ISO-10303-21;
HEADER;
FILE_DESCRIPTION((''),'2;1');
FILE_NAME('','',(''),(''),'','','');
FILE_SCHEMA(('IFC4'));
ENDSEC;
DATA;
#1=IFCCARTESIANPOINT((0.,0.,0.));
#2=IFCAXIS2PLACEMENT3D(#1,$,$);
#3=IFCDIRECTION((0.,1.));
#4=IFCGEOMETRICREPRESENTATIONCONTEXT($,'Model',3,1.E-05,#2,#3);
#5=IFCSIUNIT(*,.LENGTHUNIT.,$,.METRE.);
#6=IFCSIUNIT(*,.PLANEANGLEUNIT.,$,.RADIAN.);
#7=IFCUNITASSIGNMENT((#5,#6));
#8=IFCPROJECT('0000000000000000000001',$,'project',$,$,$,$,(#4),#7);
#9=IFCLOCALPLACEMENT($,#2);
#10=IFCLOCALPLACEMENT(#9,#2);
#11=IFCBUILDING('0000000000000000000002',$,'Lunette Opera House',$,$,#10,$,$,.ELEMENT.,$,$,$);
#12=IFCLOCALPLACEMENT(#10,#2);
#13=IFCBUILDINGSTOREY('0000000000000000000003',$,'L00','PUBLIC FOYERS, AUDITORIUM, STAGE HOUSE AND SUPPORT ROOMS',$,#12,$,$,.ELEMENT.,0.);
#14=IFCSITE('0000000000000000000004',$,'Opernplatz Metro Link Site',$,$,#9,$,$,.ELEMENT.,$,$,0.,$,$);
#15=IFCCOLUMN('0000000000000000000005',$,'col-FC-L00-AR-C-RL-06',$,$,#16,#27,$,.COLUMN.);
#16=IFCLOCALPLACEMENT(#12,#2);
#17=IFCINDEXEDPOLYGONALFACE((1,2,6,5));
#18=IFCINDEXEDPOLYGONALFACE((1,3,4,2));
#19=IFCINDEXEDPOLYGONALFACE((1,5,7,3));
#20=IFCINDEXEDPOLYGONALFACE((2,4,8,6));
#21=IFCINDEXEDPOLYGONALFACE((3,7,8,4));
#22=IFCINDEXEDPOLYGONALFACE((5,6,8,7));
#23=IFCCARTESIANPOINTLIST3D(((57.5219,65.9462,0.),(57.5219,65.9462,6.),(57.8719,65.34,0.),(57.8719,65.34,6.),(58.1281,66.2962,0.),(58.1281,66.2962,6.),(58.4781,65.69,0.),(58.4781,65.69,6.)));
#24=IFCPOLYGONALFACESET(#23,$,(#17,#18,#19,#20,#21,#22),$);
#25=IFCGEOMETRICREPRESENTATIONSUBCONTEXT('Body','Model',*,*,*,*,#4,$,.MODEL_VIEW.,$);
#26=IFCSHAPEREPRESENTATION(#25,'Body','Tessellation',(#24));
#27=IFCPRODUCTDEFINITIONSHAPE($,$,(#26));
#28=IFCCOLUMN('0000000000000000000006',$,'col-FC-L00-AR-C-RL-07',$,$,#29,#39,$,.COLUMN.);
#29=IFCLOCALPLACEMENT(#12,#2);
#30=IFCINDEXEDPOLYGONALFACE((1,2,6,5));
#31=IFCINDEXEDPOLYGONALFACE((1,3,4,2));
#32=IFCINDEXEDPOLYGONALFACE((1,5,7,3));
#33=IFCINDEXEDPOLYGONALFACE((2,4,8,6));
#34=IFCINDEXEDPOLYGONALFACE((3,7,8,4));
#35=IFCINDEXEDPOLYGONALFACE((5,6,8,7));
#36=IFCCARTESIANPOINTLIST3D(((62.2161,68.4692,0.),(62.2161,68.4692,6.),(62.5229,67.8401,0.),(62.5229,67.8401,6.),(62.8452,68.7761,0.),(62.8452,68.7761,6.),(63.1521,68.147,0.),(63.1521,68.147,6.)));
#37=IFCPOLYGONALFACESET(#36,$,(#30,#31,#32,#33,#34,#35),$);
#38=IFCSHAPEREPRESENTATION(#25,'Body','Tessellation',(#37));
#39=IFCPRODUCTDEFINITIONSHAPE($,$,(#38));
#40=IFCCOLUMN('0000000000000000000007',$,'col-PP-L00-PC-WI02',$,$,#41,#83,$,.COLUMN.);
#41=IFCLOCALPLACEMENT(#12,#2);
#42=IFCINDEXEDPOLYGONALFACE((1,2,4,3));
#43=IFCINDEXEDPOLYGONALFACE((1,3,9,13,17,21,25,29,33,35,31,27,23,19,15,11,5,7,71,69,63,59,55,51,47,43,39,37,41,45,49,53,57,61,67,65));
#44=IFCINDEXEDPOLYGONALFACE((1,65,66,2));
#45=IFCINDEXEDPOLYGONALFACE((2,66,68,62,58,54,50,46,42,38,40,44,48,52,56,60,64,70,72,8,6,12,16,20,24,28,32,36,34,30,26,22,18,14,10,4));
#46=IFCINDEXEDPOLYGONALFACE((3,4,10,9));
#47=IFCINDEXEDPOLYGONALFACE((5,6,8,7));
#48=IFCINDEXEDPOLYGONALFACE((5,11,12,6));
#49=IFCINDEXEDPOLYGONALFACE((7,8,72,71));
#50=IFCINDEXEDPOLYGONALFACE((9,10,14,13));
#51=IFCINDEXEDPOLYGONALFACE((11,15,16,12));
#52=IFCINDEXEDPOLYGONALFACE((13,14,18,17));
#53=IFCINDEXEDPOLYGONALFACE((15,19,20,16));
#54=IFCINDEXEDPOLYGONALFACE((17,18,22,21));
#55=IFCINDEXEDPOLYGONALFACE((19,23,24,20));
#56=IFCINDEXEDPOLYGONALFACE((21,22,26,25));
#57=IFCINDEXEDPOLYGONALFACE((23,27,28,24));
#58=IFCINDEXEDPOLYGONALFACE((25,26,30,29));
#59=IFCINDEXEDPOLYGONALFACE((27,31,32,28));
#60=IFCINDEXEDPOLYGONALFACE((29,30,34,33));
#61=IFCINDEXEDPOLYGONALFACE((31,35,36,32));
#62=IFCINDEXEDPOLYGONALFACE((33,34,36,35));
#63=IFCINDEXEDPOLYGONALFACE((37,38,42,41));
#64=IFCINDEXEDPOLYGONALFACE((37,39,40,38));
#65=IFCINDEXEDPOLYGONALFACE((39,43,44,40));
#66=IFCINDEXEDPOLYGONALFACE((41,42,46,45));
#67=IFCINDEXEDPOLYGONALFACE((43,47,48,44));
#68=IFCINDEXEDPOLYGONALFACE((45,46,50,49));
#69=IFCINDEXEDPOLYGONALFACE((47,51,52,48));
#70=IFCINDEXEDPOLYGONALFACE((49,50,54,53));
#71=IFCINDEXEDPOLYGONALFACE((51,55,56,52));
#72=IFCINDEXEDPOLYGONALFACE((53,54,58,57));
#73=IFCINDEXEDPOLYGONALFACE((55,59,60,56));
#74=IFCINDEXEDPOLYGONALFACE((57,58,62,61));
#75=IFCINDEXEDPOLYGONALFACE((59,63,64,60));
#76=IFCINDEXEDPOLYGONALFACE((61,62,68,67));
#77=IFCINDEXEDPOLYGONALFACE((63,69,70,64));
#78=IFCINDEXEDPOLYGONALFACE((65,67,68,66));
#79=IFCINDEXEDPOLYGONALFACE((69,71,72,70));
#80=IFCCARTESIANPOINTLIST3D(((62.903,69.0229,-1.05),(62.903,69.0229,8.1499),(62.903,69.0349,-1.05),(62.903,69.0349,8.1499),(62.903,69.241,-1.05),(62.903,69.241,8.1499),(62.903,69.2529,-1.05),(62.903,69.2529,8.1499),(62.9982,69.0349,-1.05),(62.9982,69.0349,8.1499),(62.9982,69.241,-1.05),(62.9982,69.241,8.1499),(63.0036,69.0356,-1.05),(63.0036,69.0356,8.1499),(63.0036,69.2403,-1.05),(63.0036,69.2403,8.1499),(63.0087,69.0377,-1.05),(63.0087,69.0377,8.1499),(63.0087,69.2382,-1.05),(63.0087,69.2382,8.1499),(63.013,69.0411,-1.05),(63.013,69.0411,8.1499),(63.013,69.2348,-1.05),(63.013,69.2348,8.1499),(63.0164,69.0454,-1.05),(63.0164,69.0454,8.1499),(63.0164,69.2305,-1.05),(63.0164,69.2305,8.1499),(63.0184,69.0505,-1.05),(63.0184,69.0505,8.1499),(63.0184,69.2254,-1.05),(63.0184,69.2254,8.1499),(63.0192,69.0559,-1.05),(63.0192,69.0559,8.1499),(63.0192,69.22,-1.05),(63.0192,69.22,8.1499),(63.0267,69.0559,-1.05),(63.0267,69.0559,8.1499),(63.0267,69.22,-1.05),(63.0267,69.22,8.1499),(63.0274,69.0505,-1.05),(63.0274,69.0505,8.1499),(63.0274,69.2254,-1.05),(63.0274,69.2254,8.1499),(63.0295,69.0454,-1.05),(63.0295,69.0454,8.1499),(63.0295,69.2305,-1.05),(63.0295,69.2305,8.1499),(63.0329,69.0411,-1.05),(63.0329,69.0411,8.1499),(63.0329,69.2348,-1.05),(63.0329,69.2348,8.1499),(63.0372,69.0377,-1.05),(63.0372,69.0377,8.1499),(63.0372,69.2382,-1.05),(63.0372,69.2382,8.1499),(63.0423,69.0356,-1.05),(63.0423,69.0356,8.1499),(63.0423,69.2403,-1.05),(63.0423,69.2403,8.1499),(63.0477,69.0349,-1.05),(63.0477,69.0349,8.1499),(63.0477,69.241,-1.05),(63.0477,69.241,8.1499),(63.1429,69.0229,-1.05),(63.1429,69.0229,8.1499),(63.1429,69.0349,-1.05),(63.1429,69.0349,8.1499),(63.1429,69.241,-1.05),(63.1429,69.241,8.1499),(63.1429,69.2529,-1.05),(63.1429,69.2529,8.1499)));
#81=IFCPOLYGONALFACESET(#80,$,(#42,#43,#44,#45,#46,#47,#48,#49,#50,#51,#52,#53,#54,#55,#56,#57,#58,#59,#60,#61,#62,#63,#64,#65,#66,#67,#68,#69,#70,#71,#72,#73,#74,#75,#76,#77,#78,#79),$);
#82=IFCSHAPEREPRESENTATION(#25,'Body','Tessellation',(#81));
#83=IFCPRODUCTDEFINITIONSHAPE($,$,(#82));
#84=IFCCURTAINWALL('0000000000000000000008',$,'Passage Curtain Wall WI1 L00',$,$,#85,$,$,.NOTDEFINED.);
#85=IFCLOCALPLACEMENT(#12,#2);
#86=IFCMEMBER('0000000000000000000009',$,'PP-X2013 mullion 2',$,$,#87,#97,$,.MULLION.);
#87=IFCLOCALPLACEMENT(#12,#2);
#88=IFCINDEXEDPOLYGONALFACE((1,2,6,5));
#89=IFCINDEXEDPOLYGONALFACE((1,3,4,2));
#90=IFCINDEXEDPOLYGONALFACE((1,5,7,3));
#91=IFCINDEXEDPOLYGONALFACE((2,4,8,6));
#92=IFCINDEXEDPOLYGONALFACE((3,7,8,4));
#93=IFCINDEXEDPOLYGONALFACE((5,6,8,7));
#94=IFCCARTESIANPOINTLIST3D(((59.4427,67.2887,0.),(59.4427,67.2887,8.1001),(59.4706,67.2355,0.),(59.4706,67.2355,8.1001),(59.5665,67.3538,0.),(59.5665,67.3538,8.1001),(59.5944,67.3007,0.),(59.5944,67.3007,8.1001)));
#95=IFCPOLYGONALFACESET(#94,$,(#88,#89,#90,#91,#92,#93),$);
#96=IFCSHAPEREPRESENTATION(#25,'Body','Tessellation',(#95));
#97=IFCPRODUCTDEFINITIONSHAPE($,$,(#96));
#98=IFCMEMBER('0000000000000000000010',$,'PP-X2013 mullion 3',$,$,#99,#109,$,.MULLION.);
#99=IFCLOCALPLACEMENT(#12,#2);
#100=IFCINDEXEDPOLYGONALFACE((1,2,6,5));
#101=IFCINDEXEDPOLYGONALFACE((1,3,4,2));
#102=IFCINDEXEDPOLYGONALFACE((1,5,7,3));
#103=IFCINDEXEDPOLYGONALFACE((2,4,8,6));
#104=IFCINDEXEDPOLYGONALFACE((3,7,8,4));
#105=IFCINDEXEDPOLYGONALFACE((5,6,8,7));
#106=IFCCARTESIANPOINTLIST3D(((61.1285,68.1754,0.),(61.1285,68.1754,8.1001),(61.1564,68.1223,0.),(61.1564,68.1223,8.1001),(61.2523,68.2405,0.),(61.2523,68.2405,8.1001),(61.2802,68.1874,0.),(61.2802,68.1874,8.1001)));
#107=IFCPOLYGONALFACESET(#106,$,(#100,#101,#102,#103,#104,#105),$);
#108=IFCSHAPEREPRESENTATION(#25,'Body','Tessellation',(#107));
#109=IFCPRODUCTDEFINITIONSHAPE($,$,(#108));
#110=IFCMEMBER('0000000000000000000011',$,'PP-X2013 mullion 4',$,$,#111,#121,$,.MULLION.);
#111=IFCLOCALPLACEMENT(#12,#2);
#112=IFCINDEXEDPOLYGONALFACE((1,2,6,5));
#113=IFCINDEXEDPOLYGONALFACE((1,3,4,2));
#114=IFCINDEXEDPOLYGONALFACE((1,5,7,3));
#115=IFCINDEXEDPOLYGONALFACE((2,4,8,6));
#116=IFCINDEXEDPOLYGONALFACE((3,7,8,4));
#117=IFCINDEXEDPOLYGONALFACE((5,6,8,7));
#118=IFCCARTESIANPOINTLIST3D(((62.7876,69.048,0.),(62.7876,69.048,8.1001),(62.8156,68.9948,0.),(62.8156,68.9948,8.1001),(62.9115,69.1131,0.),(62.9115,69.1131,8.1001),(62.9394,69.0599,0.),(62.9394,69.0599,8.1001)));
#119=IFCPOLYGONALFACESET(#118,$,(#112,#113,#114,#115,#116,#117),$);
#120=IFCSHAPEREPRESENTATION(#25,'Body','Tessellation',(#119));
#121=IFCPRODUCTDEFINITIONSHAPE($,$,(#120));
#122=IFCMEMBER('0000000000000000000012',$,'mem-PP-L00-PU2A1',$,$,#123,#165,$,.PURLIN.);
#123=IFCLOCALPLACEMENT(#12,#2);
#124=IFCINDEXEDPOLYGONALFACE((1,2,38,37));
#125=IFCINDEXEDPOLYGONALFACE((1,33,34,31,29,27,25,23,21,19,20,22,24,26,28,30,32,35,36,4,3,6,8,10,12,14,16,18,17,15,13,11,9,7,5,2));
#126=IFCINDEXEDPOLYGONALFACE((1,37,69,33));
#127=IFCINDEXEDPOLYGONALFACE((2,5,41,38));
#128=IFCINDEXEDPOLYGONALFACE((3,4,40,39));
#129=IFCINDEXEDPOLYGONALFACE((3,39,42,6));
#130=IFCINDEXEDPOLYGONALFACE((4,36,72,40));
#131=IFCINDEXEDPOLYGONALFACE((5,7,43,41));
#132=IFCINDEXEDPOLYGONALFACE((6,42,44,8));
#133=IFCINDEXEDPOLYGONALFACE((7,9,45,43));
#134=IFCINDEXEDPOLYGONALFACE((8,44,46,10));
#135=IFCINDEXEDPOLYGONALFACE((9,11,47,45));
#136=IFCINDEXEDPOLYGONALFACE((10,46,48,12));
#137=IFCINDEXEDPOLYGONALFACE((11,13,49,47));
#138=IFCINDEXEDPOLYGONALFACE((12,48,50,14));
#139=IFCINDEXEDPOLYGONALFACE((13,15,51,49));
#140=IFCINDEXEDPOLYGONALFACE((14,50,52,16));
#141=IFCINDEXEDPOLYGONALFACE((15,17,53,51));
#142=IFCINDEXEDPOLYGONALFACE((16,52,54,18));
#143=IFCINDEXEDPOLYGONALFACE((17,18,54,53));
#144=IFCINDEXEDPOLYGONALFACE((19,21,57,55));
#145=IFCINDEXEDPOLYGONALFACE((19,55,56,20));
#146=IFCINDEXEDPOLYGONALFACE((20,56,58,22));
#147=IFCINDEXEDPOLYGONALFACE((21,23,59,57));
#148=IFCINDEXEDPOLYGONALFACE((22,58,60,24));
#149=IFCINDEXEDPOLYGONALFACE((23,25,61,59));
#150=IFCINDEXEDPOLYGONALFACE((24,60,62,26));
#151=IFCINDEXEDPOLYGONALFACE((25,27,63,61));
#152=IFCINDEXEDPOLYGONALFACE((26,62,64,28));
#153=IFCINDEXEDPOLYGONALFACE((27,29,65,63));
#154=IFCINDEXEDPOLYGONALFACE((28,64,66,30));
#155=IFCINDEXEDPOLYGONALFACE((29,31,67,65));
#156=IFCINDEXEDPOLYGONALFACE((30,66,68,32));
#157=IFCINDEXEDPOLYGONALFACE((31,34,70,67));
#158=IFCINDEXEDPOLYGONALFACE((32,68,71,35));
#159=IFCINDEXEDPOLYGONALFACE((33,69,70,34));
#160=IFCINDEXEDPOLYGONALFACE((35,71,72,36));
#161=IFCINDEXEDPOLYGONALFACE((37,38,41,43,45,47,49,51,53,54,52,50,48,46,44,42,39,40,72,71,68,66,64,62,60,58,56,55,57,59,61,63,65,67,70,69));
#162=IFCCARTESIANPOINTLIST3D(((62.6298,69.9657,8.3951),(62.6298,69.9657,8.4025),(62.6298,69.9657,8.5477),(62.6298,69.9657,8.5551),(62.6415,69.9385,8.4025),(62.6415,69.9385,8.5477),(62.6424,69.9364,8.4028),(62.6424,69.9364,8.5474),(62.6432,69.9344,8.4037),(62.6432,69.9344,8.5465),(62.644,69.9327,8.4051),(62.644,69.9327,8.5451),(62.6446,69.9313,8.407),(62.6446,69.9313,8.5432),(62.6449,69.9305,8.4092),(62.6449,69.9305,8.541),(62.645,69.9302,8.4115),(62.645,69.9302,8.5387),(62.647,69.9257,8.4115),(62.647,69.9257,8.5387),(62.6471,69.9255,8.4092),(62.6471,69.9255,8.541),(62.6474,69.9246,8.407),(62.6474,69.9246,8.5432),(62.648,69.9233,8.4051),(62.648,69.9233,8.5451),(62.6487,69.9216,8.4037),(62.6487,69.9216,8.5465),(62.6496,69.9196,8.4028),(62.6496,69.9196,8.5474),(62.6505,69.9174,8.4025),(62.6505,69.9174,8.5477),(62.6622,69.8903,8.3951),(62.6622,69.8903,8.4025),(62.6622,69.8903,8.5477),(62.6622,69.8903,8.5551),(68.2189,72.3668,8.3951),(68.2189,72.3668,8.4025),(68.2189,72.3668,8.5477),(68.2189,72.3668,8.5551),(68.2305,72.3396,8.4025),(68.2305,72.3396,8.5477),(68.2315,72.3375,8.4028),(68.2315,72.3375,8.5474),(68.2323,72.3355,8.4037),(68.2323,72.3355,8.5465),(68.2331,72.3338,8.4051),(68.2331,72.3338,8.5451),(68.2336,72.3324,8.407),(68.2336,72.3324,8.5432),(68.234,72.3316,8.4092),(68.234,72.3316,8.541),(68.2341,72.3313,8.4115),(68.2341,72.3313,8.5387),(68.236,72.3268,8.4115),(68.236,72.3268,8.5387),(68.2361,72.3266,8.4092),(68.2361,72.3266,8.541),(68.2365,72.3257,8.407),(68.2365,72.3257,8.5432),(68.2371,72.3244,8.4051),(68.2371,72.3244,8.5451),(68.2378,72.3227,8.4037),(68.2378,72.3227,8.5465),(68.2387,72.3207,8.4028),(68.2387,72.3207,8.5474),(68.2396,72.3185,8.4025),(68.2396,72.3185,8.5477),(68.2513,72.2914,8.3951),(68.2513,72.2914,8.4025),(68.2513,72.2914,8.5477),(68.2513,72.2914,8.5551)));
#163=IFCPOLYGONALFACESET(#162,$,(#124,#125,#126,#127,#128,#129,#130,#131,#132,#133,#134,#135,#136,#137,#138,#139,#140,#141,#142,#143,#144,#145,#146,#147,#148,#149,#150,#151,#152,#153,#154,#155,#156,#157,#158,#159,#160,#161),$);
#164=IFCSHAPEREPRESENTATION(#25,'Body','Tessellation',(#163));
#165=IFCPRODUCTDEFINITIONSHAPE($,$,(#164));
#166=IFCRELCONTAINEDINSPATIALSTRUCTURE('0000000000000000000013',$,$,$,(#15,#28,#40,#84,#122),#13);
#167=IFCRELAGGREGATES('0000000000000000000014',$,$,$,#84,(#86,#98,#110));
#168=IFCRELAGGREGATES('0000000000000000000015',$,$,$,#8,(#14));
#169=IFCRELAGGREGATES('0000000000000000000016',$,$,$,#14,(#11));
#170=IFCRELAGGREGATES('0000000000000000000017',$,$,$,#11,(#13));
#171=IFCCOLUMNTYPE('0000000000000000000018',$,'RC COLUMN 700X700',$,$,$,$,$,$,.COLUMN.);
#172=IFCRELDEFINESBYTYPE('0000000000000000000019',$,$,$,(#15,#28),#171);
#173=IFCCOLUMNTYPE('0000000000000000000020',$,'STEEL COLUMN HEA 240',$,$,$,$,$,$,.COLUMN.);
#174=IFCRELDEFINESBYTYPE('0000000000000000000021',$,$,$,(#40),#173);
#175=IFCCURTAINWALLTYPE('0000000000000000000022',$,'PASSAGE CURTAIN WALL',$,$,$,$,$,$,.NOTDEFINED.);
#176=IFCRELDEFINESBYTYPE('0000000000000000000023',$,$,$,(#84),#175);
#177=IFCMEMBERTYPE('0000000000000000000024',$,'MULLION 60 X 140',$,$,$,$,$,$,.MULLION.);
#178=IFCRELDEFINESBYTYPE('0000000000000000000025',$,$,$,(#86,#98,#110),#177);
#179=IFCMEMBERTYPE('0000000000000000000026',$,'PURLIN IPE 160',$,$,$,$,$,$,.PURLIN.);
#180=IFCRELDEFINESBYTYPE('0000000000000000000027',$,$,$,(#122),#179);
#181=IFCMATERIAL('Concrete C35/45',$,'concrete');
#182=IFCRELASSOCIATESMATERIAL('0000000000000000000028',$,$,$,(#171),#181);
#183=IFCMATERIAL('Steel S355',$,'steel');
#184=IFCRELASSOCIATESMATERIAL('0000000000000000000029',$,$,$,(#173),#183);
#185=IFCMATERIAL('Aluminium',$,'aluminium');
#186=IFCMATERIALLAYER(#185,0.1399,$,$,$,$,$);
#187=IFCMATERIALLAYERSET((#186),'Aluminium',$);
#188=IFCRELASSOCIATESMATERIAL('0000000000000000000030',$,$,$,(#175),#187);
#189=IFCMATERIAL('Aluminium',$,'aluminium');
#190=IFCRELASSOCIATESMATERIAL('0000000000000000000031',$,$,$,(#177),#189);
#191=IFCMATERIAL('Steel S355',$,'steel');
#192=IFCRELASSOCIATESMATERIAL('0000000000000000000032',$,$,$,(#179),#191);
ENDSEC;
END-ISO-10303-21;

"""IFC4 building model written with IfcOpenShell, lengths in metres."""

from ifc_helpers import new_model, si_unit, direction, frame, origin, origin_2d, place, context, subcontext, project, spatial, rectangle, i_section, extrude, material, layer, layer_set, material_profile, profile_set, type_object, element, aggregate, save


model = new_model("IFC4")

# Units and contexts
model_context = context("Model", 3, precision=1e-05, world=origin(), true_north=direction((0.0, 1.0)))
body_context = subcontext(model_context, "Body", "Model", "MODEL_VIEW")
ifc_project = project(units=[si_unit("LENGTHUNIT", "METRE"), si_unit("PLANEANGLEUNIT", "RADIAN")], contexts=[model_context])

# Site, building, storey
site_placement = place(None, origin())
site = spatial("IfcSite", under=ifc_project, at=site_placement, Name="Opernplatz Metro Link Site", CompositionType="ELEMENT", RefElevation=0.0)
building_placement = place(site_placement, origin())
building = spatial("IfcBuilding", under=site, at=building_placement, Name="Lunette Opera House", CompositionType="ELEMENT")
storey_placement = place(building_placement, origin())
storey = spatial("IfcBuildingStorey", under=building, at=storey_placement, Name="L00", Description="PUBLIC FOYERS, AUDITORIUM, STAGE HOUSE AND SUPPORT ROOMS", CompositionType="ELEMENT", Elevation=0.0)

# Columns
ifc_material_1 = material(Name="Concrete C35/45", Category="concrete")
ifc_material_profile_1 = material_profile(ifc_material_1, rectangle(XDim=0.7, YDim=0.7, at=origin_2d()), Name="RC COLUMN 700X700")
ifc_profile_set_1 = profile_set([ifc_material_profile_1], Name="Concrete C35/45")
column_type_1 = type_object("IfcColumnType", Name="RC COLUMN 700X700", PredefinedType="COLUMN", material=ifc_profile_set_1)
for number, where, z_axis, x_axis, name in (
    (1, (58.0, 65.8181, 0.0), (0.0, 0.0, 1.0), (0.866025, 0.5, 0.0), "col-FC-L00-AR-C-RL-06"),
    (2, (62.6841, 68.3081, 0.0), (0.0, 0.0, 1.0), (0.898794, 0.438371, 0.0), "col-FC-L00-AR-C-RL-07"),
):
    element("IfcColumn", number, at=place(storey_placement, frame(where, z_axis=z_axis, x_axis=x_axis)), inside=storey, type_object=column_type_1, Name=name, PredefinedType="COLUMN", context=body_context, shape_type="SweptSolid", body=[
        extrude(rectangle(XDim=0.7, YDim=0.7, at=origin_2d()), origin(), (0.0, 0.0, 1.0), 6.0),
    ])
ifc_material_2 = material(Name="Steel S355", Category="steel")
ifc_material_profile_2 = material_profile(ifc_material_2, i_section(OverallWidth=0.24, OverallDepth=0.23, WebThickness=0.0076, FlangeThickness=0.012, FilletRadius=0.021, at=origin_2d()), Name="HEA 240")
ifc_profile_set_2 = profile_set([ifc_material_profile_2], Name="Steel S355")
column_type_2 = type_object("IfcColumnType", Name="STEEL COLUMN HEA 240", PredefinedType="COLUMN", material=ifc_profile_set_2)
column_placement = place(storey_placement, frame((63.0229, 69.1379, -1.05), z_axis=(0.0, 0.0, 1.0), x_axis=(1.0, 0.0, 0.0)))
element("IfcColumn", 3, at=column_placement, inside=storey, type_object=column_type_2, Name="col-PP-L00-PC-WI02", PredefinedType="COLUMN", context=body_context, shape_type="SweptSolid", body=[
    extrude(i_section(OverallWidth=0.24, OverallDepth=0.23, WebThickness=0.0076, FlangeThickness=0.012, FilletRadius=0.021, at=origin_2d()), origin(), (0.0, 0.0, 1.0), 9.2),
])

# Curtain wall, members
ifc_material_3 = material(Name="Aluminium", Category="aluminium")
ifc_layer_1 = layer(ifc_material_3, 0.1399)
ifc_layer_set_1 = layer_set([ifc_layer_1], Name="Aluminium")
curtain_wall_type = type_object("IfcCurtainWallType", Name="PASSAGE CURTAIN WALL", PredefinedType="NOTDEFINED", material=ifc_layer_set_1)
curtain_wall_placement = place(storey_placement, origin())
curtain_wall = element("IfcCurtainWall", 4, at=curtain_wall_placement, inside=storey, type_object=curtain_wall_type, Name="Passage Curtain Wall WI1 L00", PredefinedType="NOTDEFINED")
ifc_material_4 = material(Name="Aluminium", Category="aluminium")
ifc_material_profile_3 = material_profile(ifc_material_4, rectangle(XDim=0.0601, YDim=0.1399, at=origin_2d()), Name="MULLION 60 X 140")
ifc_profile_set_3 = profile_set([ifc_material_profile_3], Name="Aluminium")
member_type_1 = type_object("IfcMemberType", Name="MULLION 60 X 140", PredefinedType="MULLION", material=ifc_profile_set_3)
member_1_placement = place(storey_placement, frame((59.5186, 67.2947, 0.0), z_axis=(0.0, 0.0, 1.0), x_axis=(-0.46553, 0.885032, 0.0)))
member_1 = element("IfcMember", 5, at=member_1_placement, type_object=member_type_1, Name="PP-X2013 mullion 2", PredefinedType="MULLION", context=body_context, shape_type="SweptSolid", body=[
    extrude(rectangle(XDim=0.0601, YDim=0.1399, at=origin_2d()), origin(), (0.0, 0.0, 1.0), 8.1001),
])
member_2_placement = place(storey_placement, frame((61.2043, 68.1814, 0.0), z_axis=(0.0, 0.0, 1.0), x_axis=(-0.46553, 0.885032, 0.0)))
member_2 = element("IfcMember", 6, at=member_2_placement, type_object=member_type_1, Name="PP-X2013 mullion 3", PredefinedType="MULLION", context=body_context, shape_type="SweptSolid", body=[
    extrude(rectangle(XDim=0.0601, YDim=0.1399, at=origin_2d()), origin(), (0.0, 0.0, 1.0), 8.1001),
])
member_3_placement = place(storey_placement, frame((62.8635, 69.054, 0.0), z_axis=(0.0, 0.0, 1.0), x_axis=(-0.46553, 0.885032, 0.0)))
member_3 = element("IfcMember", 7, at=member_3_placement, type_object=member_type_1, Name="PP-X2013 mullion 4", PredefinedType="MULLION", context=body_context, shape_type="SweptSolid", body=[
    extrude(rectangle(XDim=0.0601, YDim=0.1399, at=origin_2d()), origin(), (0.0, 0.0, 1.0), 8.1001),
])

# Member
ifc_material_5 = material(Name="Steel S355", Category="steel")
ifc_material_profile_4 = material_profile(ifc_material_5, i_section(OverallWidth=0.082, OverallDepth=0.1599, WebThickness=0.0049, FlangeThickness=0.0073, FilletRadius=0.009, at=origin_2d()), Name="IPE 160")
ifc_profile_set_4 = profile_set([ifc_material_profile_4], Name="Steel S355")
member_type_2 = type_object("IfcMemberType", Name="PURLIN IPE 160", PredefinedType="PURLIN", material=ifc_profile_set_4)
member_4_placement = place(storey_placement, frame((62.646, 69.928, 8.4751), z_axis=(0.9188, 0.394723, 0.0), x_axis=(-0.394723, 0.9188, 0.0)))
element("IfcMember", 8, at=member_4_placement, inside=storey, type_object=member_type_2, Name="mem-PP-L00-PU2A1", PredefinedType="PURLIN", context=body_context, shape_type="SweptSolid", body=[
    extrude(i_section(OverallWidth=0.082, OverallDepth=0.1599, WebThickness=0.0049, FlangeThickness=0.0073, FilletRadius=0.009, at=origin_2d()), origin(), (0.0, 0.0, 1.0), 6.083),
])

aggregate(curtain_wall, [member_1, member_2, member_3])

save(model, "model.ifc")
